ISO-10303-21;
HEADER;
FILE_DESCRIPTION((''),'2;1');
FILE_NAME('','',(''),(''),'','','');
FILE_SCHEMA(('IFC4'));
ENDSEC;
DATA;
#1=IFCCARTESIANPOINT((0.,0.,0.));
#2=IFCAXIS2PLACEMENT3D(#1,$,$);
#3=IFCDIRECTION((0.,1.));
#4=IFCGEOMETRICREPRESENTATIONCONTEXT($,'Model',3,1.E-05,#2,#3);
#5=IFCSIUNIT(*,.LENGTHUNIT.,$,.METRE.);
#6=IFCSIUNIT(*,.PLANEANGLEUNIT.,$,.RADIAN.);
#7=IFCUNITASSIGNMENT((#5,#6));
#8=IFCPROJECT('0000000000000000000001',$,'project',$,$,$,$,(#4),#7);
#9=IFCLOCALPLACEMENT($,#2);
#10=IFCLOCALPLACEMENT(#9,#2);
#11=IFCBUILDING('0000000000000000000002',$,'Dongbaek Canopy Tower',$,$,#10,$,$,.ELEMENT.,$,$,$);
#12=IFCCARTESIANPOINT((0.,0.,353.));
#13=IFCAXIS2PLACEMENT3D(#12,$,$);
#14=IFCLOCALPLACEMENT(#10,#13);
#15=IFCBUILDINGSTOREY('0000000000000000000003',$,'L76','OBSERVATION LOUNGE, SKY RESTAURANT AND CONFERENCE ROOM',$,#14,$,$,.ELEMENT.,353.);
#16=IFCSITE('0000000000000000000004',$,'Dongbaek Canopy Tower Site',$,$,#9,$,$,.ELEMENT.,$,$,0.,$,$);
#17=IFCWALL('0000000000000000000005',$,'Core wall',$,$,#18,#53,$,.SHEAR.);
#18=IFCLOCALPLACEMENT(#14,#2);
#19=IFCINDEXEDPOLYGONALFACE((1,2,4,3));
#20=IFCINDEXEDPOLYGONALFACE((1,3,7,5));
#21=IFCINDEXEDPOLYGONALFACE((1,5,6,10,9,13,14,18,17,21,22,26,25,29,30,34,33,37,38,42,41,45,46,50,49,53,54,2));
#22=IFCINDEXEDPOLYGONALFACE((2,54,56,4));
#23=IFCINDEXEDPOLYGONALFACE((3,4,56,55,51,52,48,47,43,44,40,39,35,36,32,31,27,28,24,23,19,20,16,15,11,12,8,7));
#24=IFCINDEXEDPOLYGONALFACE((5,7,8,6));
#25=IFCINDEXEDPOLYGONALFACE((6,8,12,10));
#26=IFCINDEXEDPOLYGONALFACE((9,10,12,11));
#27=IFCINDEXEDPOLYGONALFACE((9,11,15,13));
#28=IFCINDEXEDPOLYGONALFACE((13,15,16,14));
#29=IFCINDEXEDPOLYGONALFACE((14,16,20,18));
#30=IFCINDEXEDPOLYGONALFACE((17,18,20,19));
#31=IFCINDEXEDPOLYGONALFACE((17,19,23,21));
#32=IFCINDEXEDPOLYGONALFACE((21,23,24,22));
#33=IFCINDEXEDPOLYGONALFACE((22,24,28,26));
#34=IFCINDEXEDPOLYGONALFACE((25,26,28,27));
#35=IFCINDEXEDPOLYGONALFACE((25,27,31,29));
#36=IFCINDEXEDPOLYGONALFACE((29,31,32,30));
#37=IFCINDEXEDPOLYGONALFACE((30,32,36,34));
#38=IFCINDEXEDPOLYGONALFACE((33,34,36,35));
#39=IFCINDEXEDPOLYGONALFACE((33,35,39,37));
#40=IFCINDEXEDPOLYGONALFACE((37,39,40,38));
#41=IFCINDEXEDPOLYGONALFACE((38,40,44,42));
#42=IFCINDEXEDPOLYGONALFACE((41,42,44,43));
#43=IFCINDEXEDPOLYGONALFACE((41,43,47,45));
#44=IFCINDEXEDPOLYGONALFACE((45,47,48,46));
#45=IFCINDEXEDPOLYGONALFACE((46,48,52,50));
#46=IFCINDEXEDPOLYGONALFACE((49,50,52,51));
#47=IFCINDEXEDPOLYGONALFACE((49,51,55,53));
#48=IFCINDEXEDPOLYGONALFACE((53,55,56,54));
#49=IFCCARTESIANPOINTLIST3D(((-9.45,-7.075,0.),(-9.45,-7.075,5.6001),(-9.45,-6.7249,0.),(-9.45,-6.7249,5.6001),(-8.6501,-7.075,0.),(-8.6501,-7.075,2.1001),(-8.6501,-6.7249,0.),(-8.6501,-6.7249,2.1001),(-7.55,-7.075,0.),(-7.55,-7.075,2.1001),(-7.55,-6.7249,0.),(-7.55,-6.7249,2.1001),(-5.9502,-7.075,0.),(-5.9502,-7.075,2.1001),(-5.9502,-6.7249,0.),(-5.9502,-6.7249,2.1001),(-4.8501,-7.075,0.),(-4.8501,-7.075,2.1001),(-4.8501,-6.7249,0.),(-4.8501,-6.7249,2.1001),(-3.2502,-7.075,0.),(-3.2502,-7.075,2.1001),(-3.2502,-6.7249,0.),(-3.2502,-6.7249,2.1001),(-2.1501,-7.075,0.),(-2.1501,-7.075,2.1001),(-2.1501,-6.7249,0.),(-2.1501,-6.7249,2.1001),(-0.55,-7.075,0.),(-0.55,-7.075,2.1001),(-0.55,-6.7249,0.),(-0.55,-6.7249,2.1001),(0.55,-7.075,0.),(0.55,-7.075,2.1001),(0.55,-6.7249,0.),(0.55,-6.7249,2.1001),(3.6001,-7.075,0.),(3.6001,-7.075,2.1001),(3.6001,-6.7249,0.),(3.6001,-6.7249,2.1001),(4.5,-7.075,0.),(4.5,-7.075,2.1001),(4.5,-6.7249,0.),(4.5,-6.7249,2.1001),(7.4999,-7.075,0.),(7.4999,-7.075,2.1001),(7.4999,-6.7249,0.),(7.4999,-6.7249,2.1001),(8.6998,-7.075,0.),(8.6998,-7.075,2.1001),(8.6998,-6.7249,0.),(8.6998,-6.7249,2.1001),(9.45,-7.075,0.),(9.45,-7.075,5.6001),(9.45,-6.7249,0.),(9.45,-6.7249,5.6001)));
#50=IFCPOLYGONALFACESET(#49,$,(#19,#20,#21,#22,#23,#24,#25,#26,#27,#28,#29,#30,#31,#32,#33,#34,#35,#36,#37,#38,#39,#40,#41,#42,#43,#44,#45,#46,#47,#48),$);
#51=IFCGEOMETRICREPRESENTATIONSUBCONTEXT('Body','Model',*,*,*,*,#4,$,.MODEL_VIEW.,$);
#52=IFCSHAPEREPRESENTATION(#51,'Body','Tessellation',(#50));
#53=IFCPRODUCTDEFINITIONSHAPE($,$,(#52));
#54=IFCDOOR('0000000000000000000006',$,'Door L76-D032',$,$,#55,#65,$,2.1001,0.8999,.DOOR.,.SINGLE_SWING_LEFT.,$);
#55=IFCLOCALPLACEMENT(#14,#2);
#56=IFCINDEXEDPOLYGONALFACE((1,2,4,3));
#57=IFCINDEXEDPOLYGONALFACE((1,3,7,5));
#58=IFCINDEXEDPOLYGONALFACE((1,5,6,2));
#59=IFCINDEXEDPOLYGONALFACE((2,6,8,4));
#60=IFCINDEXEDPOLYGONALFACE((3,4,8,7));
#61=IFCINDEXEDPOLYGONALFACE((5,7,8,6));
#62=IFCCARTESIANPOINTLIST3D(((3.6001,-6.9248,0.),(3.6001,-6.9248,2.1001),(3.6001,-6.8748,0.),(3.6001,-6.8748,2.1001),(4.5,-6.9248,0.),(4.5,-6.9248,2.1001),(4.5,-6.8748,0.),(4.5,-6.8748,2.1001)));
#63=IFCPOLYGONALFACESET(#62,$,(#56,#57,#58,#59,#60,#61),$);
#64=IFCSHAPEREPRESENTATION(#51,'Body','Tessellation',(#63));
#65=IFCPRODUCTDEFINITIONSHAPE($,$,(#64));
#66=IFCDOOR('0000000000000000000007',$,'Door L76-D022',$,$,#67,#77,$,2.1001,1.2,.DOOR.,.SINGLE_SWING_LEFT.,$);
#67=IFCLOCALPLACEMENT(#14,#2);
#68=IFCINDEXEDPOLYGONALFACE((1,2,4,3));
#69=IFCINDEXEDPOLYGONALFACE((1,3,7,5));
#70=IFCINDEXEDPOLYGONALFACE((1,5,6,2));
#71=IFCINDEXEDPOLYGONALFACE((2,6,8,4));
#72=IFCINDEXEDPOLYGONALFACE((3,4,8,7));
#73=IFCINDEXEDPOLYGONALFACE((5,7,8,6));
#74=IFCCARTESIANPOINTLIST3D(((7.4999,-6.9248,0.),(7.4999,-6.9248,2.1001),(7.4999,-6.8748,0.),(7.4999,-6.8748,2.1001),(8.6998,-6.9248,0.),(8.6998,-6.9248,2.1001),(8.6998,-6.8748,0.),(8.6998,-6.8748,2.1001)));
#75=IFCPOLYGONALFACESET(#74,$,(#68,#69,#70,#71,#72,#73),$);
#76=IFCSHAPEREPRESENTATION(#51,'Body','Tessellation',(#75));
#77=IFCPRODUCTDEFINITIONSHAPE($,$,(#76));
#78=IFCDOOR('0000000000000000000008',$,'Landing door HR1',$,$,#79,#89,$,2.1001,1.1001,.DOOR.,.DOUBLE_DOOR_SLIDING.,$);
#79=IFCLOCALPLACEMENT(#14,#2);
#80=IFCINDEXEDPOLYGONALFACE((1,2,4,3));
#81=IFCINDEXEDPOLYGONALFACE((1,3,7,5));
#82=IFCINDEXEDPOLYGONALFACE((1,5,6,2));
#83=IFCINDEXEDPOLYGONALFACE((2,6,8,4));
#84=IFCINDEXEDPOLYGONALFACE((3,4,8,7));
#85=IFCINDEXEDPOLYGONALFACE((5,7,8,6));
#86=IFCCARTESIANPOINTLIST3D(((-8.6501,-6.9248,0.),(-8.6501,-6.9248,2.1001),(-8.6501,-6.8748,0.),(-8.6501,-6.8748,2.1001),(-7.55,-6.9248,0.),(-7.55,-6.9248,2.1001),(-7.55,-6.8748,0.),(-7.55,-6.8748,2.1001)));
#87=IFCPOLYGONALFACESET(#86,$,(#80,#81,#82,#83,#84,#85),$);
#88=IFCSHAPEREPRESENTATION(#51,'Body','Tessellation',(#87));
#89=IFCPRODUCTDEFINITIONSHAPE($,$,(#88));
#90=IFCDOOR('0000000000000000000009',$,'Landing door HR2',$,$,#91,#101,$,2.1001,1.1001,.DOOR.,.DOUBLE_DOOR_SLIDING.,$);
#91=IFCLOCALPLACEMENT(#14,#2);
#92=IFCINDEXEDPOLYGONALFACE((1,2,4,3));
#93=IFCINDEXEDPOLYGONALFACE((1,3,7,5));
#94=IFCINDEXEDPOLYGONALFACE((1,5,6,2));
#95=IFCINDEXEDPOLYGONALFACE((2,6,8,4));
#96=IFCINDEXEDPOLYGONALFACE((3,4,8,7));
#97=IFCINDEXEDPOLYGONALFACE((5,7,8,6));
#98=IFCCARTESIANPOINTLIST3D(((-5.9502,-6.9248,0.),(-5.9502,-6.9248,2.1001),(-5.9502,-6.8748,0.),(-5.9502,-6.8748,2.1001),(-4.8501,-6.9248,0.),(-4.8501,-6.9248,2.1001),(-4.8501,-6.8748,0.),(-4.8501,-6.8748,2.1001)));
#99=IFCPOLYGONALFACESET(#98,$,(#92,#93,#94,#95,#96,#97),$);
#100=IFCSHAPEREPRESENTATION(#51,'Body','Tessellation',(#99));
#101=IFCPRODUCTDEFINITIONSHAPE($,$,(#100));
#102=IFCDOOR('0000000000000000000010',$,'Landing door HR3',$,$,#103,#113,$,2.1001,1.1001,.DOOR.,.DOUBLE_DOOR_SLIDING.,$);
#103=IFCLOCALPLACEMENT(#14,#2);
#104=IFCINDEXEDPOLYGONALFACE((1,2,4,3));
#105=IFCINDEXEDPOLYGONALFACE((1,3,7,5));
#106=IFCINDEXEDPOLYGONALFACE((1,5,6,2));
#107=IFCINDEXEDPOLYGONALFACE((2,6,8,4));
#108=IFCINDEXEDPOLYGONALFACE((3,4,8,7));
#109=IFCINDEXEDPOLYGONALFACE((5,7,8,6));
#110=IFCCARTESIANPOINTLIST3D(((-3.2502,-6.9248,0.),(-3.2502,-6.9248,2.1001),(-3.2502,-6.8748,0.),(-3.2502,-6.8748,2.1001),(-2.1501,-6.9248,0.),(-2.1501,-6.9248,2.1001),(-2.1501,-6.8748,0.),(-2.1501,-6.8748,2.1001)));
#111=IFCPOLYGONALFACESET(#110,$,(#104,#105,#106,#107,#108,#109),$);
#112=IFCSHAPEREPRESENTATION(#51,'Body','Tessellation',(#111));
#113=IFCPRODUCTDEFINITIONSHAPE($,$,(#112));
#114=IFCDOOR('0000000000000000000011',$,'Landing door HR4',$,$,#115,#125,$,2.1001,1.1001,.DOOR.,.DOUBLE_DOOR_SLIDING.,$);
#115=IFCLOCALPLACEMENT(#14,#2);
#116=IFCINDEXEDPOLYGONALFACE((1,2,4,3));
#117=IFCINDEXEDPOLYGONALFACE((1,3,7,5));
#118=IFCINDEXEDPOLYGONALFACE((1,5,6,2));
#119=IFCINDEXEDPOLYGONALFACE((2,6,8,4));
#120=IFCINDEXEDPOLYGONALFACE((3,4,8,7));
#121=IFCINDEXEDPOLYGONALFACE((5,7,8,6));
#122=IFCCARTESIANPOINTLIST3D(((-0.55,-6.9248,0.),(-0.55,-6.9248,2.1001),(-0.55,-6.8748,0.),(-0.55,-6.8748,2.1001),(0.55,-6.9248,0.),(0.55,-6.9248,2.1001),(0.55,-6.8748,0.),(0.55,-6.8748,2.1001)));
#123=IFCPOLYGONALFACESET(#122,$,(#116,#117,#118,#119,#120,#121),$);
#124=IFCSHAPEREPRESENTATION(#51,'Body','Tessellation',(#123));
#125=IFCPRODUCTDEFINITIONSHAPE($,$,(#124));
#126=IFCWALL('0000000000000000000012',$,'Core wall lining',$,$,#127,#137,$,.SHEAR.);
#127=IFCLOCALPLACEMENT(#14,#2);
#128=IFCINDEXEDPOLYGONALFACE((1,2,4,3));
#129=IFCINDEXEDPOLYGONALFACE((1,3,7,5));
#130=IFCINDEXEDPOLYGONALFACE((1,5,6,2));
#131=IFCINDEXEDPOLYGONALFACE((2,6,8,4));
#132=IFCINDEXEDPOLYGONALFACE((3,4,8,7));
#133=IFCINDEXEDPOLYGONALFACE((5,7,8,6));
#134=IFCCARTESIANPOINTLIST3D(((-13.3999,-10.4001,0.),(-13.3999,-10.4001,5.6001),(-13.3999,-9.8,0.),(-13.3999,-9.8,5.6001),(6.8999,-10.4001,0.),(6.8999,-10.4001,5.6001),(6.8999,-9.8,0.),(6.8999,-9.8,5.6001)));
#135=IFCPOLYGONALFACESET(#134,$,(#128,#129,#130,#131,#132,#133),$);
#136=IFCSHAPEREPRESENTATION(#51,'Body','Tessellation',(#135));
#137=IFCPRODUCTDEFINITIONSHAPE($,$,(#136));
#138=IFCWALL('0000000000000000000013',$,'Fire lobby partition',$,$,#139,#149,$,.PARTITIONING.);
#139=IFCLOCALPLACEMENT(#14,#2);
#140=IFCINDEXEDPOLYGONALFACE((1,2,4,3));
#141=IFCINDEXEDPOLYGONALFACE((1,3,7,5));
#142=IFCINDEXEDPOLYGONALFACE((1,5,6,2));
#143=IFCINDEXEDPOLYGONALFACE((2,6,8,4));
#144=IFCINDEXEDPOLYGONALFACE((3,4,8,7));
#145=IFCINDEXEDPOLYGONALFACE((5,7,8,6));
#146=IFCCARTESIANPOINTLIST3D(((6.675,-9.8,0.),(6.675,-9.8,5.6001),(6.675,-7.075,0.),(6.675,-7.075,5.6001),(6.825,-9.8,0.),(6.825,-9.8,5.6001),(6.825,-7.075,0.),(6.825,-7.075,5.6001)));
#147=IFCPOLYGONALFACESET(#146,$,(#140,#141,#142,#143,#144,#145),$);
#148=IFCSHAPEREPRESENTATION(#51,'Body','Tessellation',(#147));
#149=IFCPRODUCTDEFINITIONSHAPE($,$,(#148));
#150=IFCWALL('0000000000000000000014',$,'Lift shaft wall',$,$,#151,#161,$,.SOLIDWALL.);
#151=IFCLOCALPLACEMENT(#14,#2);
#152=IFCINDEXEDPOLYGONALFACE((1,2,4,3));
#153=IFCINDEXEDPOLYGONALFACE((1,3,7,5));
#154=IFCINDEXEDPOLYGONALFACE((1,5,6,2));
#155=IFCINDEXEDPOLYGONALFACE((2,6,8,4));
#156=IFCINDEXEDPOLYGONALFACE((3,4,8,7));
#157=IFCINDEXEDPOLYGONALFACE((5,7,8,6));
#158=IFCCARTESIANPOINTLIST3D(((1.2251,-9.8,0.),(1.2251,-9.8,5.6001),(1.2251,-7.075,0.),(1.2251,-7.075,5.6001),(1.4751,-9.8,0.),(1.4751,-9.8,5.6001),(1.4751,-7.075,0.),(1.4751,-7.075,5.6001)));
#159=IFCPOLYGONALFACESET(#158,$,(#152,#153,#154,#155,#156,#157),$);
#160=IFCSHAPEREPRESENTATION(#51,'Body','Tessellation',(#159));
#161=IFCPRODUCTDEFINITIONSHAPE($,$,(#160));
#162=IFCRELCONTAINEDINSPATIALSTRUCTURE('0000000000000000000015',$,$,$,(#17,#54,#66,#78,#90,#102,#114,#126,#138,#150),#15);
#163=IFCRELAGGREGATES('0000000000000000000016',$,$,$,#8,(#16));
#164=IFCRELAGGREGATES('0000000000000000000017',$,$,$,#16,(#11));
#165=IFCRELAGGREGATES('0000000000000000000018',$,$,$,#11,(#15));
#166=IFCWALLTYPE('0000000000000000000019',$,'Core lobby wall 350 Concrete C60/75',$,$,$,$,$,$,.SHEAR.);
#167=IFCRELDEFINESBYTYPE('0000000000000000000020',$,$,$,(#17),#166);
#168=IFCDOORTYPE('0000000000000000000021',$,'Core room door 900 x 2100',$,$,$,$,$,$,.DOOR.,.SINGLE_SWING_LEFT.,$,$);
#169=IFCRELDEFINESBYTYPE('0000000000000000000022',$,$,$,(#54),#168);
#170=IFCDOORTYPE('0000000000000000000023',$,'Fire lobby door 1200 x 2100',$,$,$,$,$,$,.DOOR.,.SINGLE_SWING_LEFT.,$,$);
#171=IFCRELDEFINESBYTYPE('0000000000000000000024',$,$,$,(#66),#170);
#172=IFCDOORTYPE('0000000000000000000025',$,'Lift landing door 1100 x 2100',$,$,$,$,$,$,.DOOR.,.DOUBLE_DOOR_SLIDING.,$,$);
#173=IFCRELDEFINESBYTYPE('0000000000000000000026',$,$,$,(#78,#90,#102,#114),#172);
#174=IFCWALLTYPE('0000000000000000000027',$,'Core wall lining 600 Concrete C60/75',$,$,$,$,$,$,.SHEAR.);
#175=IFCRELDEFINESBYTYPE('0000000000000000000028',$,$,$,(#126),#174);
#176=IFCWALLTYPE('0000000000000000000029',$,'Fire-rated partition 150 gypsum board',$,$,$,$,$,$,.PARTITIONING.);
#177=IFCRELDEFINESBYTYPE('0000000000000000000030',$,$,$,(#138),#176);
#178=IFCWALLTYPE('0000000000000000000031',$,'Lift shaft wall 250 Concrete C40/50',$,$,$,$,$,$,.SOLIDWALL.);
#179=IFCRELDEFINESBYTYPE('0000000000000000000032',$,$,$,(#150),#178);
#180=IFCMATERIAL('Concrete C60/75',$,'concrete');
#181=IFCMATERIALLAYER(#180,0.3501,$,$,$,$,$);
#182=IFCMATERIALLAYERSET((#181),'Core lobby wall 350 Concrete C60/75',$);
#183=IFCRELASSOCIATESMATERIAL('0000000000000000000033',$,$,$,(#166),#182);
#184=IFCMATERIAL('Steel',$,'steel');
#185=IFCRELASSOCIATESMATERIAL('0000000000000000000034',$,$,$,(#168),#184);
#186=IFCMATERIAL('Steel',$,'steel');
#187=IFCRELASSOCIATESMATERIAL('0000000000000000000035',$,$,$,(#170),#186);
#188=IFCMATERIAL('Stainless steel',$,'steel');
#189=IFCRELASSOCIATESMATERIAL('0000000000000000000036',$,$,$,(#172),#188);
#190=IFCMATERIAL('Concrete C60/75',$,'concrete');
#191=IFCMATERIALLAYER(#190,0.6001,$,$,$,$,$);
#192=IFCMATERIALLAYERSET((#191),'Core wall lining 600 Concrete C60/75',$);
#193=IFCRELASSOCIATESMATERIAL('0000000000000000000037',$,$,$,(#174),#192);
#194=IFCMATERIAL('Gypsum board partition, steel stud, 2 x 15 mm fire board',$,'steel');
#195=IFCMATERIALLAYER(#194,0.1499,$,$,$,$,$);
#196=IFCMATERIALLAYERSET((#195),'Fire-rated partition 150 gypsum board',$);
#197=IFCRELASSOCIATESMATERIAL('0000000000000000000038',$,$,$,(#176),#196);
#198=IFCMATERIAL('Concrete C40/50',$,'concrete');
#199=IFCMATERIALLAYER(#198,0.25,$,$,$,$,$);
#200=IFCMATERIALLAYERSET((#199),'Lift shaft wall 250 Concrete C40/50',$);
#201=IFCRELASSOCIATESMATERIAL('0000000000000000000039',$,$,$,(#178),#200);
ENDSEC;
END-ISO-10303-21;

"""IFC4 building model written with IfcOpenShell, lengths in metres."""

from ifc_helpers import new_model, si_unit, direction, frame, frame_2d, origin, place, context, subcontext, project, spatial, rectangle, extrude, material, layer, layer_set, type_object, element, fill, save


model = new_model("IFC4")

# Units and contexts
model_context = context("Model", 3, precision=1e-05, world=origin(), true_north=direction((0.0, 1.0)))
body_context = subcontext(model_context, "Body", "Model", "MODEL_VIEW")
ifc_project = project(units=[si_unit("LENGTHUNIT", "METRE"), si_unit("PLANEANGLEUNIT", "RADIAN")], contexts=[model_context])

# Site, building, storey
site_placement = place(None, origin())
site = spatial("IfcSite", under=ifc_project, at=site_placement, Name="Dongbaek Canopy Tower Site", CompositionType="ELEMENT", RefElevation=0.0)
building_placement = place(site_placement, origin())
building = spatial("IfcBuilding", under=site, at=building_placement, Name="Dongbaek Canopy Tower", CompositionType="ELEMENT")
storey_placement = place(building_placement, frame((0.0, 0.0, 353.0)))
storey = spatial("IfcBuildingStorey", under=building, at=storey_placement, Name="L76", Description="OBSERVATION LOUNGE, SKY RESTAURANT AND CONFERENCE ROOM", CompositionType="ELEMENT", Elevation=353.0)

# Wall, openings, doors
ifc_material_1 = material(Name="Concrete C60/75", Category="concrete")
ifc_layer_1 = layer(ifc_material_1, 0.3501)
ifc_layer_set_1 = layer_set([ifc_layer_1], Name="Core lobby wall 350 Concrete C60/75")
wall_type_1 = type_object("IfcWallType", Name="Core lobby wall 350 Concrete C60/75", PredefinedType="SHEAR", material=ifc_layer_set_1)
wall_1_placement = place(storey_placement, frame((9.45, -6.8999, 0.0), z_axis=(0.0, 0.0, 1.0), x_axis=(-1.0, 0.0, 0.0)))
wall_1 = element("IfcWall", 1, at=wall_1_placement, inside=storey, type_object=wall_type_1, Name="Core wall", PredefinedType="SHEAR", context=body_context, shape_type="SweptSolid", body=[
    extrude(rectangle(XDim=18.8999, YDim=0.3501, at=frame_2d((9.45, 0.0))), origin(), (0.0, 0.0, 1.0), 5.6001),
])
opening_1_placement = place(wall_1_placement, frame((17.0, 0.0, 0.0)))
opening_1 = element("IfcOpeningElement", 2, at=opening_1_placement, cuts=wall_1, PredefinedType="OPENING", context=body_context, shape_type="SweptSolid", body=[
    extrude(rectangle(XDim=1.1001, YDim=2.1001, at=frame_2d((0.55, 1.05))), frame((0.0, 0.1851, 0.0), z_axis=(0.0, -1.0, 0.0), x_axis=(1.0, 0.0, 0.0)), (0.0, 0.0, 1.0), 0.3701),
])
opening_2_placement = place(wall_1_placement, frame((14.3, 0.0, 0.0)))
opening_2 = element("IfcOpeningElement", 3, at=opening_2_placement, cuts=wall_1, PredefinedType="OPENING", context=body_context, shape_type="SweptSolid", body=[
    extrude(rectangle(XDim=1.1001, YDim=2.1001, at=frame_2d((0.55, 1.05))), frame((0.0, 0.1851, 0.0), z_axis=(0.0, -1.0, 0.0), x_axis=(1.0, 0.0, 0.0)), (0.0, 0.0, 1.0), 0.3701),
])
opening_3_placement = place(wall_1_placement, frame((11.6001, 0.0, 0.0)))
opening_3 = element("IfcOpeningElement", 4, at=opening_3_placement, cuts=wall_1, PredefinedType="OPENING", context=body_context, shape_type="SweptSolid", body=[
    extrude(rectangle(XDim=1.1001, YDim=2.1001, at=frame_2d((0.55, 1.05))), frame((0.0, 0.1851, 0.0), z_axis=(0.0, -1.0, 0.0), x_axis=(1.0, 0.0, 0.0)), (0.0, 0.0, 1.0), 0.3701),
])
opening_4_placement = place(wall_1_placement, frame((8.8999, 0.0, 0.0)))
opening_4 = element("IfcOpeningElement", 5, at=opening_4_placement, cuts=wall_1, PredefinedType="OPENING", context=body_context, shape_type="SweptSolid", body=[
    extrude(rectangle(XDim=1.1001, YDim=2.1001, at=frame_2d((0.55, 1.05))), frame((0.0, 0.1851, 0.0), z_axis=(0.0, -1.0, 0.0), x_axis=(1.0, 0.0, 0.0)), (0.0, 0.0, 1.0), 0.3701),
])
opening_5_placement = place(wall_1_placement, frame((0.75, 0.0, 0.0)))
opening_5 = element("IfcOpeningElement", 6, at=opening_5_placement, cuts=wall_1, PredefinedType="OPENING", context=body_context, shape_type="SweptSolid", body=[
    extrude(rectangle(XDim=1.2, YDim=2.1001, at=frame_2d((0.6001, 1.05))), frame((0.0, 0.1851, 0.0), z_axis=(0.0, -1.0, 0.0), x_axis=(1.0, 0.0, 0.0)), (0.0, 0.0, 1.0), 0.3701),
])
opening_6_placement = place(wall_1_placement, frame((4.95, 0.0, 0.0)))
opening_6 = element("IfcOpeningElement", 7, at=opening_6_placement, cuts=wall_1, PredefinedType="OPENING", context=body_context, shape_type="SweptSolid", body=[
    extrude(rectangle(XDim=0.8999, YDim=2.1001, at=frame_2d((0.45, 1.05))), frame((0.0, 0.1851, 0.0), z_axis=(0.0, -1.0, 0.0), x_axis=(1.0, 0.0, 0.0)), (0.0, 0.0, 1.0), 0.3701),
])
ifc_material_2 = material(Name="Steel", Category="steel")
door_type_1 = type_object("IfcDoorType", Name="Core room door 900 x 2100", OperationType="SINGLE_SWING_LEFT", PredefinedType="DOOR", material=ifc_material_2)
door_1_placement = place(opening_6_placement, origin())
door_1 = element("IfcDoor", 8, at=door_1_placement, inside=storey, type_object=door_type_1, Name="Door L76-D032", OperationType="SINGLE_SWING_LEFT", OverallHeight=2.1001, OverallWidth=0.8999, PredefinedType="DOOR", context=body_context, shape_type="SweptSolid", body=[
    extrude(rectangle(XDim=0.8999, YDim=2.1001, at=frame_2d((0.45, 1.05))), frame((0.0, 0.0249, 0.0), z_axis=(0.0, -1.0, 0.0), x_axis=(1.0, 0.0, 0.0)), (0.0, 0.0, 1.0), 0.05),
])
fill(opening_6, door_1)
ifc_material_3 = material(Name="Steel", Category="steel")
door_type_2 = type_object("IfcDoorType", Name="Fire lobby door 1200 x 2100", OperationType="SINGLE_SWING_LEFT", PredefinedType="DOOR", material=ifc_material_3)
door_2_placement = place(opening_5_placement, origin())
door_2 = element("IfcDoor", 9, at=door_2_placement, inside=storey, type_object=door_type_2, Name="Door L76-D022", OperationType="SINGLE_SWING_LEFT", OverallHeight=2.1001, OverallWidth=1.2, PredefinedType="DOOR", context=body_context, shape_type="SweptSolid", body=[
    extrude(rectangle(XDim=1.2, YDim=2.1001, at=frame_2d((0.6001, 1.05))), frame((0.0, 0.0249, 0.0), z_axis=(0.0, -1.0, 0.0), x_axis=(1.0, 0.0, 0.0)), (0.0, 0.0, 1.0), 0.05),
])
fill(opening_5, door_2)
ifc_material_4 = material(Name="Stainless steel", Category="steel")
door_type_3 = type_object("IfcDoorType", Name="Lift landing door 1100 x 2100", OperationType="DOUBLE_DOOR_SLIDING", PredefinedType="DOOR", material=ifc_material_4)
door_3_placement = place(opening_1_placement, origin())
door_3 = element("IfcDoor", 10, at=door_3_placement, inside=storey, type_object=door_type_3, Name="Landing door HR1", OperationType="DOUBLE_DOOR_SLIDING", OverallHeight=2.1001, OverallWidth=1.1001, PredefinedType="DOOR", context=body_context, shape_type="SweptSolid", body=[
    extrude(rectangle(XDim=1.1001, YDim=2.1001, at=frame_2d((0.55, 1.05))), frame((0.0, 0.0249, 0.0), z_axis=(0.0, -1.0, 0.0), x_axis=(1.0, 0.0, 0.0)), (0.0, 0.0, 1.0), 0.05),
])
fill(opening_1, door_3)
door_4_placement = place(opening_2_placement, origin())
door_4 = element("IfcDoor", 11, at=door_4_placement, inside=storey, type_object=door_type_3, Name="Landing door HR2", OperationType="DOUBLE_DOOR_SLIDING", OverallHeight=2.1001, OverallWidth=1.1001, PredefinedType="DOOR", context=body_context, shape_type="SweptSolid", body=[
    extrude(rectangle(XDim=1.1001, YDim=2.1001, at=frame_2d((0.55, 1.05))), frame((0.0, 0.0249, 0.0), z_axis=(0.0, -1.0, 0.0), x_axis=(1.0, 0.0, 0.0)), (0.0, 0.0, 1.0), 0.05),
])
fill(opening_2, door_4)
door_5_placement = place(opening_3_placement, origin())
door_5 = element("IfcDoor", 12, at=door_5_placement, inside=storey, type_object=door_type_3, Name="Landing door HR3", OperationType="DOUBLE_DOOR_SLIDING", OverallHeight=2.1001, OverallWidth=1.1001, PredefinedType="DOOR", context=body_context, shape_type="SweptSolid", body=[
    extrude(rectangle(XDim=1.1001, YDim=2.1001, at=frame_2d((0.55, 1.05))), frame((0.0, 0.0249, 0.0), z_axis=(0.0, -1.0, 0.0), x_axis=(1.0, 0.0, 0.0)), (0.0, 0.0, 1.0), 0.05),
])
fill(opening_3, door_5)
door_6_placement = place(opening_4_placement, origin())
door_6 = element("IfcDoor", 13, at=door_6_placement, inside=storey, type_object=door_type_3, Name="Landing door HR4", OperationType="DOUBLE_DOOR_SLIDING", OverallHeight=2.1001, OverallWidth=1.1001, PredefinedType="DOOR", context=body_context, shape_type="SweptSolid", body=[
    extrude(rectangle(XDim=1.1001, YDim=2.1001, at=frame_2d((0.55, 1.05))), frame((0.0, 0.0249, 0.0), z_axis=(0.0, -1.0, 0.0), x_axis=(1.0, 0.0, 0.0)), (0.0, 0.0, 1.0), 0.05),
])
fill(opening_4, door_6)

# Walls
ifc_material_5 = material(Name="Concrete C60/75", Category="concrete")
ifc_layer_2 = layer(ifc_material_5, 0.6001)
ifc_layer_set_2 = layer_set([ifc_layer_2], Name="Core wall lining 600 Concrete C60/75")
wall_type_2 = type_object("IfcWallType", Name="Core wall lining 600 Concrete C60/75", PredefinedType="SHEAR", material=ifc_layer_set_2)
wall_2_placement = place(storey_placement, frame((6.8999, -10.1001, 0.0), z_axis=(0.0, 0.0, 1.0), x_axis=(-1.0, 0.0, 0.0)))
element("IfcWall", 14, at=wall_2_placement, inside=storey, type_object=wall_type_2, Name="Core wall lining", PredefinedType="SHEAR", context=body_context, shape_type="SweptSolid", body=[
    extrude(rectangle(XDim=20.2998, YDim=0.6001, at=frame_2d((10.1499, 0.0))), origin(), (0.0, 0.0, 1.0), 5.6001),
])
ifc_material_6 = material(Name="Gypsum board partition, steel stud, 2 x 15 mm fire board", Category="steel")
ifc_layer_3 = layer(ifc_material_6, 0.1499)
ifc_layer_set_3 = layer_set([ifc_layer_3], Name="Fire-rated partition 150 gypsum board")
wall_type_3 = type_object("IfcWallType", Name="Fire-rated partition 150 gypsum board", PredefinedType="PARTITIONING", material=ifc_layer_set_3)
wall_3_placement = place(storey_placement, frame((6.75, -9.8, 0.0), z_axis=(0.0, 0.0, 1.0), x_axis=(0.0, 1.0, 0.0)))
element("IfcWall", 15, at=wall_3_placement, inside=storey, type_object=wall_type_3, Name="Fire lobby partition", PredefinedType="PARTITIONING", context=body_context, shape_type="SweptSolid", body=[
    extrude(rectangle(XDim=2.7251, YDim=0.1499, at=frame_2d((1.3625, 0.0))), origin(), (0.0, 0.0, 1.0), 5.6001),
])
ifc_material_7 = material(Name="Concrete C40/50", Category="concrete")
ifc_layer_4 = layer(ifc_material_7, 0.25)
ifc_layer_set_4 = layer_set([ifc_layer_4], Name="Lift shaft wall 250 Concrete C40/50")
wall_type_4 = type_object("IfcWallType", Name="Lift shaft wall 250 Concrete C40/50", PredefinedType="SOLIDWALL", material=ifc_layer_set_4)
wall_4_placement = place(storey_placement, frame((1.3501, -9.8, 0.0), z_axis=(0.0, 0.0, 1.0), x_axis=(0.0, 1.0, 0.0)))
element("IfcWall", 16, at=wall_4_placement, inside=storey, type_object=wall_type_4, Name="Lift shaft wall", PredefinedType="SOLIDWALL", context=body_context, shape_type="SweptSolid", body=[
    extrude(rectangle(XDim=2.7251, YDim=0.25, at=frame_2d((1.3625, 0.0))), origin(), (0.0, 0.0, 1.0), 5.6001),
])

save(model, "model.ifc")
